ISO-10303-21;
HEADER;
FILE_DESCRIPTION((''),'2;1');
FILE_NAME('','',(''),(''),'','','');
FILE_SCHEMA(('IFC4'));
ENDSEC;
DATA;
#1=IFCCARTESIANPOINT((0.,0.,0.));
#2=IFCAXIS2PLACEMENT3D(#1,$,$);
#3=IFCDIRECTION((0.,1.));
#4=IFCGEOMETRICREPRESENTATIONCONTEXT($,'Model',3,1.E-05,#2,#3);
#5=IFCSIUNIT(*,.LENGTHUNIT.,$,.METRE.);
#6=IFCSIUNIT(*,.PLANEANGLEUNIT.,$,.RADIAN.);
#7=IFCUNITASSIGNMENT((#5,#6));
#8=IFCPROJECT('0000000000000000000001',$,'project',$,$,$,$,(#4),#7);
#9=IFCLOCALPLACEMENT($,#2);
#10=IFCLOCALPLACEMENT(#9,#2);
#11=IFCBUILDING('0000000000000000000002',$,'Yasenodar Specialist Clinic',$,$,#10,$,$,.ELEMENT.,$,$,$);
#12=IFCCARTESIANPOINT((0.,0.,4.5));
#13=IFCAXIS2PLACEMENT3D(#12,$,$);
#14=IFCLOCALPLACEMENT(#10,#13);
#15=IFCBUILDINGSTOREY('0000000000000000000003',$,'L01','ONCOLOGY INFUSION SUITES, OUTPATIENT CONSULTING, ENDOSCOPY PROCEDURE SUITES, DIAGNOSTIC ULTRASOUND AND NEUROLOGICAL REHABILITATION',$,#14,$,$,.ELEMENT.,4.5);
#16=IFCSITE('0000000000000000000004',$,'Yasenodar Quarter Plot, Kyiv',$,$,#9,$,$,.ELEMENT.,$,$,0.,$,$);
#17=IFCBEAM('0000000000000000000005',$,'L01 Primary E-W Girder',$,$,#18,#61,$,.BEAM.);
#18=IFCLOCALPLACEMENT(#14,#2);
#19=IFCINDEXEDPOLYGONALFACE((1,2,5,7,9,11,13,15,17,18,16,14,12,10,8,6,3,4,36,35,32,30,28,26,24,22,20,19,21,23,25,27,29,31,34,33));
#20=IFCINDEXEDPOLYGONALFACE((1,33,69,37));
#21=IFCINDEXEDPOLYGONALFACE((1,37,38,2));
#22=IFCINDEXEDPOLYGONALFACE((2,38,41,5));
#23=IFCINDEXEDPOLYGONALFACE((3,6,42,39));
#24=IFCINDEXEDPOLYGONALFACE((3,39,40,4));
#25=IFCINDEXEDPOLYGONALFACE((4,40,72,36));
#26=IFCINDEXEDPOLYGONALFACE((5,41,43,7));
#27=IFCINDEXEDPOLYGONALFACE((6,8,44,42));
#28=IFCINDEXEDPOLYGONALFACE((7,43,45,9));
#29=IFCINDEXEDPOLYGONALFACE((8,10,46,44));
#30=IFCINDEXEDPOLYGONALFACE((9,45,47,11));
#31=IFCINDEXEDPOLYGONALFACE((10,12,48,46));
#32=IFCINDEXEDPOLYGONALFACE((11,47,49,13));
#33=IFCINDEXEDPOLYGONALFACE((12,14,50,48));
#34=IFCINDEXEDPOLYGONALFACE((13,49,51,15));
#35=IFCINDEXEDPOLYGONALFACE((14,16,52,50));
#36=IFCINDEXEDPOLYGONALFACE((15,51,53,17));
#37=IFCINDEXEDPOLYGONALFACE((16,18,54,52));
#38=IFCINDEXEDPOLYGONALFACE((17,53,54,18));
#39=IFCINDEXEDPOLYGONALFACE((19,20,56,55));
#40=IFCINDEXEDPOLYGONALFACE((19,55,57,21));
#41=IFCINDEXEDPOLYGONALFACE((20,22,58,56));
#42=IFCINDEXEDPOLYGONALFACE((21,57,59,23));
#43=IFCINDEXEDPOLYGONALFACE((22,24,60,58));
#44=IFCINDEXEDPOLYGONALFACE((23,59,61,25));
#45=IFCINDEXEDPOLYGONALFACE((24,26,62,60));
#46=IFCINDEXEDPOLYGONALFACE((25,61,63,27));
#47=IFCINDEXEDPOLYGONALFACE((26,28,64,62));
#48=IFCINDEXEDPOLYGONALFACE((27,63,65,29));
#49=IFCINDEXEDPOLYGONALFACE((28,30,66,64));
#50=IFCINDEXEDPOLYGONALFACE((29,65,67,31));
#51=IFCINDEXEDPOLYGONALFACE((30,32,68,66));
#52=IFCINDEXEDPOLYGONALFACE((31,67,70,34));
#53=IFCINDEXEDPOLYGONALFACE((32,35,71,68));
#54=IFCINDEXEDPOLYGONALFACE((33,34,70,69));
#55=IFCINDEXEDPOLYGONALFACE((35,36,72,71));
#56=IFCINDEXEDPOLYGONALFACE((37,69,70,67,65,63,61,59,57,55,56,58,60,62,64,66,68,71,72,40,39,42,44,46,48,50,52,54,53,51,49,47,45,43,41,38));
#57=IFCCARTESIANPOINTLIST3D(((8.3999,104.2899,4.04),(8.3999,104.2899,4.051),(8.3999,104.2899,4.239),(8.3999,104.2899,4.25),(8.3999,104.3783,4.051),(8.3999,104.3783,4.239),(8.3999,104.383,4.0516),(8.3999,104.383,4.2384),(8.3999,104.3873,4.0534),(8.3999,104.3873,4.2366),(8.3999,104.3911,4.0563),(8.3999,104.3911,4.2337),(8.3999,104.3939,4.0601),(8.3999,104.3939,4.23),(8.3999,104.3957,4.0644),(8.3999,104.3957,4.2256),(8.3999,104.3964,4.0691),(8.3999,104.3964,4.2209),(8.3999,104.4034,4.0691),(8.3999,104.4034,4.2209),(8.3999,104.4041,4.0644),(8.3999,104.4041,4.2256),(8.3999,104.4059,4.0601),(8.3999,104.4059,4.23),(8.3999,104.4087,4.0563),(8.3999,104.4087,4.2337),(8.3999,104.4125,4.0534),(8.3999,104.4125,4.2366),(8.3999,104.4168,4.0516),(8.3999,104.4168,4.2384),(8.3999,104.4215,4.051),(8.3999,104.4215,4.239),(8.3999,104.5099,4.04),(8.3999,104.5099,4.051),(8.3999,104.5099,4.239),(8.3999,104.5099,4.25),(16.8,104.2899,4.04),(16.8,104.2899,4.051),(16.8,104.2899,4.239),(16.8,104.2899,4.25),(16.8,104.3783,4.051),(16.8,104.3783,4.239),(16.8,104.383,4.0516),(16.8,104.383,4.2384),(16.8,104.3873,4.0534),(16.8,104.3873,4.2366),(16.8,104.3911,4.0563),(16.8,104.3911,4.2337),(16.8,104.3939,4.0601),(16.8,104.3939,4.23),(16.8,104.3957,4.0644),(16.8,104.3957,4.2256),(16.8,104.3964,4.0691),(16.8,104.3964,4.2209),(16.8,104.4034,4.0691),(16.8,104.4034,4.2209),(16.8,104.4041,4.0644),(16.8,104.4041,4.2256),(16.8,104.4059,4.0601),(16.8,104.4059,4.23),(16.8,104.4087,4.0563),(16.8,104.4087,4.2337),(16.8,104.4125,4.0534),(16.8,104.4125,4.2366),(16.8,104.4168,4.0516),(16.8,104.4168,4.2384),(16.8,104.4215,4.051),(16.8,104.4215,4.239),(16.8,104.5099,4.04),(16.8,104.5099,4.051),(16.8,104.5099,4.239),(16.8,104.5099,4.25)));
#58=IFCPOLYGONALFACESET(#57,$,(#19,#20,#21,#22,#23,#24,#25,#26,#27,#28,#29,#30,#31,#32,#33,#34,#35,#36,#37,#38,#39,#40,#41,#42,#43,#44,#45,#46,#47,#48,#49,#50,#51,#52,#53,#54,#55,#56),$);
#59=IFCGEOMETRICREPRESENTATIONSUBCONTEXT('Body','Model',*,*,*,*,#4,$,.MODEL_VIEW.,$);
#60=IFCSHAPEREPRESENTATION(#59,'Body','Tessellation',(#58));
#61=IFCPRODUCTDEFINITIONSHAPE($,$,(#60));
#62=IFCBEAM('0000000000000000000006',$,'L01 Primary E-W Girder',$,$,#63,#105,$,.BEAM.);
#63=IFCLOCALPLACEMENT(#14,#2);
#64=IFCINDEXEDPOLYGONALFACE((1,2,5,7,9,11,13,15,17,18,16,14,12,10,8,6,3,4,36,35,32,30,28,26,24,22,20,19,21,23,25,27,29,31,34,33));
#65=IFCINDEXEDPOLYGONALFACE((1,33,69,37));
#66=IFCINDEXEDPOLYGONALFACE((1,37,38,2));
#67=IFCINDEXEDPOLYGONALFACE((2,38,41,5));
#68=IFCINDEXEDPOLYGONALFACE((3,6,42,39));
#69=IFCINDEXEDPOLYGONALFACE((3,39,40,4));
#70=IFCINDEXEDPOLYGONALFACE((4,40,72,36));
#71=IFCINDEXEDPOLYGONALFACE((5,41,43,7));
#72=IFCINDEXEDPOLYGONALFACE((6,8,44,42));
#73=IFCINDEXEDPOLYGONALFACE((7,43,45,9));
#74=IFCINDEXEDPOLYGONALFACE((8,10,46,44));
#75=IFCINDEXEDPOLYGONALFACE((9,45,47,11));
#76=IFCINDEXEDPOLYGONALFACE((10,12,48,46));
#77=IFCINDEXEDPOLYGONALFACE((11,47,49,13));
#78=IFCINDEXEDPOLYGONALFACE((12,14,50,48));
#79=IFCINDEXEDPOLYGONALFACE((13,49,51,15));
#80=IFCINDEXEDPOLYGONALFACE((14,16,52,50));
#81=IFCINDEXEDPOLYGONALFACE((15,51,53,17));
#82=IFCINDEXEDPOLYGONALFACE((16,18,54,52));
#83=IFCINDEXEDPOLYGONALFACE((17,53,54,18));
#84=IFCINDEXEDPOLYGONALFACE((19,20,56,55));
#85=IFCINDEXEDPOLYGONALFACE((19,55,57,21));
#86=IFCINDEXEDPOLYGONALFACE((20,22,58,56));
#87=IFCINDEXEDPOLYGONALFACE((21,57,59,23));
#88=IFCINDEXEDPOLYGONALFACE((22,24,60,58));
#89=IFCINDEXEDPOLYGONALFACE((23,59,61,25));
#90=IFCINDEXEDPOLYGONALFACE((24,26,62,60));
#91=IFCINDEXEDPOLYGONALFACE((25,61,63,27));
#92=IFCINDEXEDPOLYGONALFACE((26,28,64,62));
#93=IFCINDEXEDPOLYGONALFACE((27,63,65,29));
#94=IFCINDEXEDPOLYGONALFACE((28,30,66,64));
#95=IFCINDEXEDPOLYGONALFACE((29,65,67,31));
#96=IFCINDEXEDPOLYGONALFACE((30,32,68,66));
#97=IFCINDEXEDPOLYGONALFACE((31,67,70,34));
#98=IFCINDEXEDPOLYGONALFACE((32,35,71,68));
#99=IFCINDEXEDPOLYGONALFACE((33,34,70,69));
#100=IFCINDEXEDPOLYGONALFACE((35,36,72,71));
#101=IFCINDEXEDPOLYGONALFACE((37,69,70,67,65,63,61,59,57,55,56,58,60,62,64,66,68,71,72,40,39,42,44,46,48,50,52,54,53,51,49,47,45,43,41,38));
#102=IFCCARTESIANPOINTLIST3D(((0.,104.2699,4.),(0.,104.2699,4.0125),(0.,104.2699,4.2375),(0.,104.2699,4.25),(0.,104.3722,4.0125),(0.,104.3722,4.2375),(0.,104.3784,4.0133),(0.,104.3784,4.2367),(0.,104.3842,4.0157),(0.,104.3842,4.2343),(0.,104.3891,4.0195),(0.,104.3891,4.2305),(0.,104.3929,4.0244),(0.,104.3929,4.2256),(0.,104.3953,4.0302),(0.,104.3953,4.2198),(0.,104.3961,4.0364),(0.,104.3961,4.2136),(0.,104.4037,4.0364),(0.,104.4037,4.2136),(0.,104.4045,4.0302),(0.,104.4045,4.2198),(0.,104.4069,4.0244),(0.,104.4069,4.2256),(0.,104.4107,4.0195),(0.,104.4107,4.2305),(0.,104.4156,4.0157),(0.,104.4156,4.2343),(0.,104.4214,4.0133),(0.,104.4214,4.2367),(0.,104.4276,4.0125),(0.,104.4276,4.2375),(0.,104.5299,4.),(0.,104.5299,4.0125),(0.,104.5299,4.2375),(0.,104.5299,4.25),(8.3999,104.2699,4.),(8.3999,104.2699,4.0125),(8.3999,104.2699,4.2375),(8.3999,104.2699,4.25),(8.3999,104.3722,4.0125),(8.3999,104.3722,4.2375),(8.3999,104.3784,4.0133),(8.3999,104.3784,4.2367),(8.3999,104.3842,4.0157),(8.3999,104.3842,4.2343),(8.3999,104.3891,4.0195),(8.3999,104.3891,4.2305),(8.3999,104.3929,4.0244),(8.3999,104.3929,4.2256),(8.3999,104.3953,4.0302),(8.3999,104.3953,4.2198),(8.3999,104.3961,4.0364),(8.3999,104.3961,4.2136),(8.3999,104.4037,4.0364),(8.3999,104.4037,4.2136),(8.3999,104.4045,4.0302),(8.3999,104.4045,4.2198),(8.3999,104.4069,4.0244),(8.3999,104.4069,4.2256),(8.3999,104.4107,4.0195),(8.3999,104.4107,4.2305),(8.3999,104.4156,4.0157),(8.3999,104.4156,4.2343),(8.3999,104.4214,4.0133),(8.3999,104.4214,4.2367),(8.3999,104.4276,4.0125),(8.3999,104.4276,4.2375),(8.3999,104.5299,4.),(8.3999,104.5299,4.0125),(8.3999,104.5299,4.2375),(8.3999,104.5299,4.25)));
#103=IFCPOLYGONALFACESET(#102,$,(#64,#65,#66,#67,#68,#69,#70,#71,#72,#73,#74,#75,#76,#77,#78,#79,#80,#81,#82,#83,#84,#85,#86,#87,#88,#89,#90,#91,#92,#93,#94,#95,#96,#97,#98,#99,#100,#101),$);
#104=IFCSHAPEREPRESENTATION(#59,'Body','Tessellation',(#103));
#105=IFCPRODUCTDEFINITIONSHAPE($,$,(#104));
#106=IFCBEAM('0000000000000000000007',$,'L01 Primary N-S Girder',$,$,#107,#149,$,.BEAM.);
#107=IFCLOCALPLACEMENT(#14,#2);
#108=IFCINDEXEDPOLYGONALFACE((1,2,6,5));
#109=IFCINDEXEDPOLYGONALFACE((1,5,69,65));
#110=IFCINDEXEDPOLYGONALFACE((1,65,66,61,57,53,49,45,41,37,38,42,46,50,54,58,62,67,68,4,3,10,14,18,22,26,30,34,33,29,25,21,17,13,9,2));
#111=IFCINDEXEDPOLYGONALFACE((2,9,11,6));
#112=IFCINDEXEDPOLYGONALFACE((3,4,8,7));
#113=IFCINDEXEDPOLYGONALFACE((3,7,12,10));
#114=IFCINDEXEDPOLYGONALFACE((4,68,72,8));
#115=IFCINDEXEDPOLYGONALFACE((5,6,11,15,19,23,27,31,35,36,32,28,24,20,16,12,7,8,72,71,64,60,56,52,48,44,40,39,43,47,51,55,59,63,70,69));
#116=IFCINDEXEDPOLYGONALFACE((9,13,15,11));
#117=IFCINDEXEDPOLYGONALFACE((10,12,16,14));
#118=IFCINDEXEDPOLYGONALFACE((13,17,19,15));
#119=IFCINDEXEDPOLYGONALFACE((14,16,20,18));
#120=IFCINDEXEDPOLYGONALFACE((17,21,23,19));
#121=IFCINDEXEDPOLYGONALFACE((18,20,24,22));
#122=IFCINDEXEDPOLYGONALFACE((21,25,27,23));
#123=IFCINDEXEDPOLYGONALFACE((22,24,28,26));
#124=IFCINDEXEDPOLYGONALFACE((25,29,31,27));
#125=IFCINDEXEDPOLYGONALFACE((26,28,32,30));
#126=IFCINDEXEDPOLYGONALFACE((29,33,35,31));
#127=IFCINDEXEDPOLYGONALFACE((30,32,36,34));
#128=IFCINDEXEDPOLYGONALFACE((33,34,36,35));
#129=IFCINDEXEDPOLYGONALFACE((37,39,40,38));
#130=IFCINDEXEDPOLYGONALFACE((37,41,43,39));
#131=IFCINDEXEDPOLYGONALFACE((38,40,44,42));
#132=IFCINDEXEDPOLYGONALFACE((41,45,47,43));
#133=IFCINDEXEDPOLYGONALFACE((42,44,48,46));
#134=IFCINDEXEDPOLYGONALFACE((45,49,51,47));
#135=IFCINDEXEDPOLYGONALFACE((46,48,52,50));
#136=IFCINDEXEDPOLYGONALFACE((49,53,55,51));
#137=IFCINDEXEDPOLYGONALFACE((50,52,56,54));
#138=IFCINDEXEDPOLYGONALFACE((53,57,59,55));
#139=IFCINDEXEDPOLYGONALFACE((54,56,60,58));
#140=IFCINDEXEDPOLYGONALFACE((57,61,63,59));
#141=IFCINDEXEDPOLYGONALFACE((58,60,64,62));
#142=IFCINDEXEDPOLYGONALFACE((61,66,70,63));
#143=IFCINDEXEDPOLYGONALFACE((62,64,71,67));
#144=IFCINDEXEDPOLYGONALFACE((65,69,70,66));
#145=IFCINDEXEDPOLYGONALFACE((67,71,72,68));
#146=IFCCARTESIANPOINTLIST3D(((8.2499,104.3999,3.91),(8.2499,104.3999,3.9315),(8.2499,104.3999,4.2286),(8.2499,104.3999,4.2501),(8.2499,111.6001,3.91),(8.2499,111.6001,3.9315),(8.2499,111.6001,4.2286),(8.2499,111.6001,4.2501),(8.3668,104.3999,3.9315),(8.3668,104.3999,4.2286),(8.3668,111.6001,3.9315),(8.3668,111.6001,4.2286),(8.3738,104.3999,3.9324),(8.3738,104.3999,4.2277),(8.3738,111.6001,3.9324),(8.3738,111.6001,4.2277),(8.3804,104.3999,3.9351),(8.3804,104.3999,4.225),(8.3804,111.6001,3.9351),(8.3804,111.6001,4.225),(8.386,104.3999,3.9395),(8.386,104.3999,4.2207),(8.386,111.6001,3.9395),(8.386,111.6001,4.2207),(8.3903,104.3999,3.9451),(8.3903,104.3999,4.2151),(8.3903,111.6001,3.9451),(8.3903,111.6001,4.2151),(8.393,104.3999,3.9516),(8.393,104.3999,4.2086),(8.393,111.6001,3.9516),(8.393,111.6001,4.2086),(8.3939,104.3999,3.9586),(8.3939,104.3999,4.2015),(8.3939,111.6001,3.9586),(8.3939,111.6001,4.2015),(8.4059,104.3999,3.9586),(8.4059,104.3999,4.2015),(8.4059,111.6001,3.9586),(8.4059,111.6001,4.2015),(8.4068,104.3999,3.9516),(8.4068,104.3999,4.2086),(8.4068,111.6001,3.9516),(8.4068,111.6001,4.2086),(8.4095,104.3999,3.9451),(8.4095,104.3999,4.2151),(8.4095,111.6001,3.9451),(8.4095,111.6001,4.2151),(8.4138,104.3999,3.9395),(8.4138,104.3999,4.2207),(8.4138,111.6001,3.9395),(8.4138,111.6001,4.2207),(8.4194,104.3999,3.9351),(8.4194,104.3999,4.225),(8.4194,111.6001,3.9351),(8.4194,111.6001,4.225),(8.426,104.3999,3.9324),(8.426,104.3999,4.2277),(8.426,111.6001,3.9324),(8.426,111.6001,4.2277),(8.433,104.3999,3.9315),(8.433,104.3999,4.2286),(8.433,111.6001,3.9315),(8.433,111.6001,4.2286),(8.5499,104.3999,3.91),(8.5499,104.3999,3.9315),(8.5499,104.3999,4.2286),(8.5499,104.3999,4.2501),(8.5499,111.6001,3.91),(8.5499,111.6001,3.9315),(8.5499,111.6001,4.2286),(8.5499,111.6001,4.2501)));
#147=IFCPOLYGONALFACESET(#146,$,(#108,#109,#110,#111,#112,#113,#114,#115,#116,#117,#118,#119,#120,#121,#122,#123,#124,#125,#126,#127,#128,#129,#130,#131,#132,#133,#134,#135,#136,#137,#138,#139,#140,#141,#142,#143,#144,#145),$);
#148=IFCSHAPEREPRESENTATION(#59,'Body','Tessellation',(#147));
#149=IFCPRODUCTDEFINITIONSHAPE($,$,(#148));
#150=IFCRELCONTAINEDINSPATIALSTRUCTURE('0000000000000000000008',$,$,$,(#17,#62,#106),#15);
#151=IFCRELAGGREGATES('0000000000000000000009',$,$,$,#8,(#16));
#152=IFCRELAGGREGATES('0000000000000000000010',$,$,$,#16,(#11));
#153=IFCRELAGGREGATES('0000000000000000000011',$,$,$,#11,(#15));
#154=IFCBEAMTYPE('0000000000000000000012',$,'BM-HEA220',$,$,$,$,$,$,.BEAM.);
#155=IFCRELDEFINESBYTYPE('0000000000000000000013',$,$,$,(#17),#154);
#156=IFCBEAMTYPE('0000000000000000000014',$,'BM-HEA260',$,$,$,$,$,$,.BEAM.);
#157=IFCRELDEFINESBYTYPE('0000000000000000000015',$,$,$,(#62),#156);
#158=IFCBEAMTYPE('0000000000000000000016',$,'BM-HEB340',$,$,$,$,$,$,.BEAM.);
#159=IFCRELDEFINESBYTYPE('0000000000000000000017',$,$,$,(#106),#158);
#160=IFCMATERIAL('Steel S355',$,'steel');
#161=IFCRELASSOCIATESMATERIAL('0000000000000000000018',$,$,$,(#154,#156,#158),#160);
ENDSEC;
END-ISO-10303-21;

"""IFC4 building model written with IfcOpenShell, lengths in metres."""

from ifc_helpers import new_model, si_unit, direction, frame, origin, origin_2d, place, context, subcontext, project, spatial, i_section, extrude, material, material_profile, profile_set, type_object, element, save


model = new_model("IFC4")

# Units and contexts
model_context = context("Model", 3, precision=1e-05, world=origin(), true_north=direction((0.0, 1.0)))
body_context = subcontext(model_context, "Body", "Model", "MODEL_VIEW")
ifc_project = project(units=[si_unit("LENGTHUNIT", "METRE"), si_unit("PLANEANGLEUNIT", "RADIAN")], contexts=[model_context])

# Site, building, storey
site_placement = place(None, origin())
site = spatial("IfcSite", under=ifc_project, at=site_placement, Name="Yasenodar Quarter Plot, Kyiv", CompositionType="ELEMENT", RefElevation=0.0)
building_placement = place(site_placement, origin())
building = spatial("IfcBuilding", under=site, at=building_placement, Name="Yasenodar Specialist Clinic", CompositionType="ELEMENT")
storey_placement = place(building_placement, frame((0.0, 0.0, 4.5)))
storey = spatial("IfcBuildingStorey", under=building, at=storey_placement, Name="L01", Description="ONCOLOGY INFUSION SUITES, OUTPATIENT CONSULTING, ENDOSCOPY PROCEDURE SUITES, DIAGNOSTIC ULTRASOUND AND NEUROLOGICAL REHABILITATION", CompositionType="ELEMENT", Elevation=4.5)

# Shared definitions
ifc_material_1 = material(Name="Steel S355", Category="steel")

# Beams
ifc_material_profile_1 = material_profile(ifc_material_1, i_section(OverallWidth=0.22, OverallDepth=0.21, WebThickness=0.0071, FlangeThickness=0.011, FilletRadius=0.0181, at=origin_2d()), Name="HEA 220")
ifc_profile_set_1 = profile_set([ifc_material_profile_1], Name="Steel S355")
beam_type_1 = type_object("IfcBeamType", Name="BM-HEA220", PredefinedType="BEAM", material=ifc_profile_set_1)
beam_1_placement = place(storey_placement, frame((8.3999, 104.3999, 4.145), z_axis=(1.0, 0.0, 0.0), x_axis=(0.0, 1.0, 0.0)))
element("IfcBeam", 1, at=beam_1_placement, inside=storey, type_object=beam_type_1, Name="L01 Primary E-W Girder", PredefinedType="BEAM", context=body_context, shape_type="SweptSolid", body=[
    extrude(i_section(OverallWidth=0.22, OverallDepth=0.21, WebThickness=0.0071, FlangeThickness=0.011, FilletRadius=0.0181, at=origin_2d()), origin(), (0.0, 0.0, 1.0), 8.4001),
])
ifc_material_profile_2 = material_profile(ifc_material_1, i_section(OverallWidth=0.26, OverallDepth=0.25, WebThickness=0.0076, FlangeThickness=0.0125, FilletRadius=0.0239, at=origin_2d()), Name="HEA 260")
ifc_profile_set_2 = profile_set([ifc_material_profile_2], Name="Steel S355")
beam_type_2 = type_object("IfcBeamType", Name="BM-HEA260", PredefinedType="BEAM", material=ifc_profile_set_2)
beam_2_placement = place(storey_placement, frame((0.0, 104.3999, 4.125), z_axis=(1.0, 0.0, 0.0), x_axis=(0.0, 1.0, 0.0)))
element("IfcBeam", 2, at=beam_2_placement, inside=storey, type_object=beam_type_2, Name="L01 Primary E-W Girder", PredefinedType="BEAM", context=body_context, shape_type="SweptSolid", body=[
    extrude(i_section(OverallWidth=0.26, OverallDepth=0.25, WebThickness=0.0076, FlangeThickness=0.0125, FilletRadius=0.0239, at=origin_2d()), origin(), (0.0, 0.0, 1.0), 8.3999),
])
ifc_material_profile_3 = material_profile(ifc_material_1, i_section(OverallWidth=0.3, OverallDepth=0.3401, WebThickness=0.012, FlangeThickness=0.0215, FilletRadius=0.0271, at=origin_2d()), Name="HEB 340")
ifc_profile_set_3 = profile_set([ifc_material_profile_3], Name="Steel S355")
beam_type_3 = type_object("IfcBeamType", Name="BM-HEB340", PredefinedType="BEAM", material=ifc_profile_set_3)
beam_3_placement = place(storey_placement, frame((8.3999, 104.3999, 4.0801), z_axis=(0.0, 1.0, 0.0), x_axis=(-1.0, 0.0, 0.0)))
element("IfcBeam", 3, at=beam_3_placement, inside=storey, type_object=beam_type_3, Name="L01 Primary N-S Girder", PredefinedType="BEAM", context=body_context, shape_type="SweptSolid", body=[
    extrude(i_section(OverallWidth=0.3, OverallDepth=0.3401, WebThickness=0.012, FlangeThickness=0.0215, FilletRadius=0.0271, at=origin_2d()), origin(), (0.0, 0.0, 1.0), 7.2002),
])

save(model, "model.ifc")
